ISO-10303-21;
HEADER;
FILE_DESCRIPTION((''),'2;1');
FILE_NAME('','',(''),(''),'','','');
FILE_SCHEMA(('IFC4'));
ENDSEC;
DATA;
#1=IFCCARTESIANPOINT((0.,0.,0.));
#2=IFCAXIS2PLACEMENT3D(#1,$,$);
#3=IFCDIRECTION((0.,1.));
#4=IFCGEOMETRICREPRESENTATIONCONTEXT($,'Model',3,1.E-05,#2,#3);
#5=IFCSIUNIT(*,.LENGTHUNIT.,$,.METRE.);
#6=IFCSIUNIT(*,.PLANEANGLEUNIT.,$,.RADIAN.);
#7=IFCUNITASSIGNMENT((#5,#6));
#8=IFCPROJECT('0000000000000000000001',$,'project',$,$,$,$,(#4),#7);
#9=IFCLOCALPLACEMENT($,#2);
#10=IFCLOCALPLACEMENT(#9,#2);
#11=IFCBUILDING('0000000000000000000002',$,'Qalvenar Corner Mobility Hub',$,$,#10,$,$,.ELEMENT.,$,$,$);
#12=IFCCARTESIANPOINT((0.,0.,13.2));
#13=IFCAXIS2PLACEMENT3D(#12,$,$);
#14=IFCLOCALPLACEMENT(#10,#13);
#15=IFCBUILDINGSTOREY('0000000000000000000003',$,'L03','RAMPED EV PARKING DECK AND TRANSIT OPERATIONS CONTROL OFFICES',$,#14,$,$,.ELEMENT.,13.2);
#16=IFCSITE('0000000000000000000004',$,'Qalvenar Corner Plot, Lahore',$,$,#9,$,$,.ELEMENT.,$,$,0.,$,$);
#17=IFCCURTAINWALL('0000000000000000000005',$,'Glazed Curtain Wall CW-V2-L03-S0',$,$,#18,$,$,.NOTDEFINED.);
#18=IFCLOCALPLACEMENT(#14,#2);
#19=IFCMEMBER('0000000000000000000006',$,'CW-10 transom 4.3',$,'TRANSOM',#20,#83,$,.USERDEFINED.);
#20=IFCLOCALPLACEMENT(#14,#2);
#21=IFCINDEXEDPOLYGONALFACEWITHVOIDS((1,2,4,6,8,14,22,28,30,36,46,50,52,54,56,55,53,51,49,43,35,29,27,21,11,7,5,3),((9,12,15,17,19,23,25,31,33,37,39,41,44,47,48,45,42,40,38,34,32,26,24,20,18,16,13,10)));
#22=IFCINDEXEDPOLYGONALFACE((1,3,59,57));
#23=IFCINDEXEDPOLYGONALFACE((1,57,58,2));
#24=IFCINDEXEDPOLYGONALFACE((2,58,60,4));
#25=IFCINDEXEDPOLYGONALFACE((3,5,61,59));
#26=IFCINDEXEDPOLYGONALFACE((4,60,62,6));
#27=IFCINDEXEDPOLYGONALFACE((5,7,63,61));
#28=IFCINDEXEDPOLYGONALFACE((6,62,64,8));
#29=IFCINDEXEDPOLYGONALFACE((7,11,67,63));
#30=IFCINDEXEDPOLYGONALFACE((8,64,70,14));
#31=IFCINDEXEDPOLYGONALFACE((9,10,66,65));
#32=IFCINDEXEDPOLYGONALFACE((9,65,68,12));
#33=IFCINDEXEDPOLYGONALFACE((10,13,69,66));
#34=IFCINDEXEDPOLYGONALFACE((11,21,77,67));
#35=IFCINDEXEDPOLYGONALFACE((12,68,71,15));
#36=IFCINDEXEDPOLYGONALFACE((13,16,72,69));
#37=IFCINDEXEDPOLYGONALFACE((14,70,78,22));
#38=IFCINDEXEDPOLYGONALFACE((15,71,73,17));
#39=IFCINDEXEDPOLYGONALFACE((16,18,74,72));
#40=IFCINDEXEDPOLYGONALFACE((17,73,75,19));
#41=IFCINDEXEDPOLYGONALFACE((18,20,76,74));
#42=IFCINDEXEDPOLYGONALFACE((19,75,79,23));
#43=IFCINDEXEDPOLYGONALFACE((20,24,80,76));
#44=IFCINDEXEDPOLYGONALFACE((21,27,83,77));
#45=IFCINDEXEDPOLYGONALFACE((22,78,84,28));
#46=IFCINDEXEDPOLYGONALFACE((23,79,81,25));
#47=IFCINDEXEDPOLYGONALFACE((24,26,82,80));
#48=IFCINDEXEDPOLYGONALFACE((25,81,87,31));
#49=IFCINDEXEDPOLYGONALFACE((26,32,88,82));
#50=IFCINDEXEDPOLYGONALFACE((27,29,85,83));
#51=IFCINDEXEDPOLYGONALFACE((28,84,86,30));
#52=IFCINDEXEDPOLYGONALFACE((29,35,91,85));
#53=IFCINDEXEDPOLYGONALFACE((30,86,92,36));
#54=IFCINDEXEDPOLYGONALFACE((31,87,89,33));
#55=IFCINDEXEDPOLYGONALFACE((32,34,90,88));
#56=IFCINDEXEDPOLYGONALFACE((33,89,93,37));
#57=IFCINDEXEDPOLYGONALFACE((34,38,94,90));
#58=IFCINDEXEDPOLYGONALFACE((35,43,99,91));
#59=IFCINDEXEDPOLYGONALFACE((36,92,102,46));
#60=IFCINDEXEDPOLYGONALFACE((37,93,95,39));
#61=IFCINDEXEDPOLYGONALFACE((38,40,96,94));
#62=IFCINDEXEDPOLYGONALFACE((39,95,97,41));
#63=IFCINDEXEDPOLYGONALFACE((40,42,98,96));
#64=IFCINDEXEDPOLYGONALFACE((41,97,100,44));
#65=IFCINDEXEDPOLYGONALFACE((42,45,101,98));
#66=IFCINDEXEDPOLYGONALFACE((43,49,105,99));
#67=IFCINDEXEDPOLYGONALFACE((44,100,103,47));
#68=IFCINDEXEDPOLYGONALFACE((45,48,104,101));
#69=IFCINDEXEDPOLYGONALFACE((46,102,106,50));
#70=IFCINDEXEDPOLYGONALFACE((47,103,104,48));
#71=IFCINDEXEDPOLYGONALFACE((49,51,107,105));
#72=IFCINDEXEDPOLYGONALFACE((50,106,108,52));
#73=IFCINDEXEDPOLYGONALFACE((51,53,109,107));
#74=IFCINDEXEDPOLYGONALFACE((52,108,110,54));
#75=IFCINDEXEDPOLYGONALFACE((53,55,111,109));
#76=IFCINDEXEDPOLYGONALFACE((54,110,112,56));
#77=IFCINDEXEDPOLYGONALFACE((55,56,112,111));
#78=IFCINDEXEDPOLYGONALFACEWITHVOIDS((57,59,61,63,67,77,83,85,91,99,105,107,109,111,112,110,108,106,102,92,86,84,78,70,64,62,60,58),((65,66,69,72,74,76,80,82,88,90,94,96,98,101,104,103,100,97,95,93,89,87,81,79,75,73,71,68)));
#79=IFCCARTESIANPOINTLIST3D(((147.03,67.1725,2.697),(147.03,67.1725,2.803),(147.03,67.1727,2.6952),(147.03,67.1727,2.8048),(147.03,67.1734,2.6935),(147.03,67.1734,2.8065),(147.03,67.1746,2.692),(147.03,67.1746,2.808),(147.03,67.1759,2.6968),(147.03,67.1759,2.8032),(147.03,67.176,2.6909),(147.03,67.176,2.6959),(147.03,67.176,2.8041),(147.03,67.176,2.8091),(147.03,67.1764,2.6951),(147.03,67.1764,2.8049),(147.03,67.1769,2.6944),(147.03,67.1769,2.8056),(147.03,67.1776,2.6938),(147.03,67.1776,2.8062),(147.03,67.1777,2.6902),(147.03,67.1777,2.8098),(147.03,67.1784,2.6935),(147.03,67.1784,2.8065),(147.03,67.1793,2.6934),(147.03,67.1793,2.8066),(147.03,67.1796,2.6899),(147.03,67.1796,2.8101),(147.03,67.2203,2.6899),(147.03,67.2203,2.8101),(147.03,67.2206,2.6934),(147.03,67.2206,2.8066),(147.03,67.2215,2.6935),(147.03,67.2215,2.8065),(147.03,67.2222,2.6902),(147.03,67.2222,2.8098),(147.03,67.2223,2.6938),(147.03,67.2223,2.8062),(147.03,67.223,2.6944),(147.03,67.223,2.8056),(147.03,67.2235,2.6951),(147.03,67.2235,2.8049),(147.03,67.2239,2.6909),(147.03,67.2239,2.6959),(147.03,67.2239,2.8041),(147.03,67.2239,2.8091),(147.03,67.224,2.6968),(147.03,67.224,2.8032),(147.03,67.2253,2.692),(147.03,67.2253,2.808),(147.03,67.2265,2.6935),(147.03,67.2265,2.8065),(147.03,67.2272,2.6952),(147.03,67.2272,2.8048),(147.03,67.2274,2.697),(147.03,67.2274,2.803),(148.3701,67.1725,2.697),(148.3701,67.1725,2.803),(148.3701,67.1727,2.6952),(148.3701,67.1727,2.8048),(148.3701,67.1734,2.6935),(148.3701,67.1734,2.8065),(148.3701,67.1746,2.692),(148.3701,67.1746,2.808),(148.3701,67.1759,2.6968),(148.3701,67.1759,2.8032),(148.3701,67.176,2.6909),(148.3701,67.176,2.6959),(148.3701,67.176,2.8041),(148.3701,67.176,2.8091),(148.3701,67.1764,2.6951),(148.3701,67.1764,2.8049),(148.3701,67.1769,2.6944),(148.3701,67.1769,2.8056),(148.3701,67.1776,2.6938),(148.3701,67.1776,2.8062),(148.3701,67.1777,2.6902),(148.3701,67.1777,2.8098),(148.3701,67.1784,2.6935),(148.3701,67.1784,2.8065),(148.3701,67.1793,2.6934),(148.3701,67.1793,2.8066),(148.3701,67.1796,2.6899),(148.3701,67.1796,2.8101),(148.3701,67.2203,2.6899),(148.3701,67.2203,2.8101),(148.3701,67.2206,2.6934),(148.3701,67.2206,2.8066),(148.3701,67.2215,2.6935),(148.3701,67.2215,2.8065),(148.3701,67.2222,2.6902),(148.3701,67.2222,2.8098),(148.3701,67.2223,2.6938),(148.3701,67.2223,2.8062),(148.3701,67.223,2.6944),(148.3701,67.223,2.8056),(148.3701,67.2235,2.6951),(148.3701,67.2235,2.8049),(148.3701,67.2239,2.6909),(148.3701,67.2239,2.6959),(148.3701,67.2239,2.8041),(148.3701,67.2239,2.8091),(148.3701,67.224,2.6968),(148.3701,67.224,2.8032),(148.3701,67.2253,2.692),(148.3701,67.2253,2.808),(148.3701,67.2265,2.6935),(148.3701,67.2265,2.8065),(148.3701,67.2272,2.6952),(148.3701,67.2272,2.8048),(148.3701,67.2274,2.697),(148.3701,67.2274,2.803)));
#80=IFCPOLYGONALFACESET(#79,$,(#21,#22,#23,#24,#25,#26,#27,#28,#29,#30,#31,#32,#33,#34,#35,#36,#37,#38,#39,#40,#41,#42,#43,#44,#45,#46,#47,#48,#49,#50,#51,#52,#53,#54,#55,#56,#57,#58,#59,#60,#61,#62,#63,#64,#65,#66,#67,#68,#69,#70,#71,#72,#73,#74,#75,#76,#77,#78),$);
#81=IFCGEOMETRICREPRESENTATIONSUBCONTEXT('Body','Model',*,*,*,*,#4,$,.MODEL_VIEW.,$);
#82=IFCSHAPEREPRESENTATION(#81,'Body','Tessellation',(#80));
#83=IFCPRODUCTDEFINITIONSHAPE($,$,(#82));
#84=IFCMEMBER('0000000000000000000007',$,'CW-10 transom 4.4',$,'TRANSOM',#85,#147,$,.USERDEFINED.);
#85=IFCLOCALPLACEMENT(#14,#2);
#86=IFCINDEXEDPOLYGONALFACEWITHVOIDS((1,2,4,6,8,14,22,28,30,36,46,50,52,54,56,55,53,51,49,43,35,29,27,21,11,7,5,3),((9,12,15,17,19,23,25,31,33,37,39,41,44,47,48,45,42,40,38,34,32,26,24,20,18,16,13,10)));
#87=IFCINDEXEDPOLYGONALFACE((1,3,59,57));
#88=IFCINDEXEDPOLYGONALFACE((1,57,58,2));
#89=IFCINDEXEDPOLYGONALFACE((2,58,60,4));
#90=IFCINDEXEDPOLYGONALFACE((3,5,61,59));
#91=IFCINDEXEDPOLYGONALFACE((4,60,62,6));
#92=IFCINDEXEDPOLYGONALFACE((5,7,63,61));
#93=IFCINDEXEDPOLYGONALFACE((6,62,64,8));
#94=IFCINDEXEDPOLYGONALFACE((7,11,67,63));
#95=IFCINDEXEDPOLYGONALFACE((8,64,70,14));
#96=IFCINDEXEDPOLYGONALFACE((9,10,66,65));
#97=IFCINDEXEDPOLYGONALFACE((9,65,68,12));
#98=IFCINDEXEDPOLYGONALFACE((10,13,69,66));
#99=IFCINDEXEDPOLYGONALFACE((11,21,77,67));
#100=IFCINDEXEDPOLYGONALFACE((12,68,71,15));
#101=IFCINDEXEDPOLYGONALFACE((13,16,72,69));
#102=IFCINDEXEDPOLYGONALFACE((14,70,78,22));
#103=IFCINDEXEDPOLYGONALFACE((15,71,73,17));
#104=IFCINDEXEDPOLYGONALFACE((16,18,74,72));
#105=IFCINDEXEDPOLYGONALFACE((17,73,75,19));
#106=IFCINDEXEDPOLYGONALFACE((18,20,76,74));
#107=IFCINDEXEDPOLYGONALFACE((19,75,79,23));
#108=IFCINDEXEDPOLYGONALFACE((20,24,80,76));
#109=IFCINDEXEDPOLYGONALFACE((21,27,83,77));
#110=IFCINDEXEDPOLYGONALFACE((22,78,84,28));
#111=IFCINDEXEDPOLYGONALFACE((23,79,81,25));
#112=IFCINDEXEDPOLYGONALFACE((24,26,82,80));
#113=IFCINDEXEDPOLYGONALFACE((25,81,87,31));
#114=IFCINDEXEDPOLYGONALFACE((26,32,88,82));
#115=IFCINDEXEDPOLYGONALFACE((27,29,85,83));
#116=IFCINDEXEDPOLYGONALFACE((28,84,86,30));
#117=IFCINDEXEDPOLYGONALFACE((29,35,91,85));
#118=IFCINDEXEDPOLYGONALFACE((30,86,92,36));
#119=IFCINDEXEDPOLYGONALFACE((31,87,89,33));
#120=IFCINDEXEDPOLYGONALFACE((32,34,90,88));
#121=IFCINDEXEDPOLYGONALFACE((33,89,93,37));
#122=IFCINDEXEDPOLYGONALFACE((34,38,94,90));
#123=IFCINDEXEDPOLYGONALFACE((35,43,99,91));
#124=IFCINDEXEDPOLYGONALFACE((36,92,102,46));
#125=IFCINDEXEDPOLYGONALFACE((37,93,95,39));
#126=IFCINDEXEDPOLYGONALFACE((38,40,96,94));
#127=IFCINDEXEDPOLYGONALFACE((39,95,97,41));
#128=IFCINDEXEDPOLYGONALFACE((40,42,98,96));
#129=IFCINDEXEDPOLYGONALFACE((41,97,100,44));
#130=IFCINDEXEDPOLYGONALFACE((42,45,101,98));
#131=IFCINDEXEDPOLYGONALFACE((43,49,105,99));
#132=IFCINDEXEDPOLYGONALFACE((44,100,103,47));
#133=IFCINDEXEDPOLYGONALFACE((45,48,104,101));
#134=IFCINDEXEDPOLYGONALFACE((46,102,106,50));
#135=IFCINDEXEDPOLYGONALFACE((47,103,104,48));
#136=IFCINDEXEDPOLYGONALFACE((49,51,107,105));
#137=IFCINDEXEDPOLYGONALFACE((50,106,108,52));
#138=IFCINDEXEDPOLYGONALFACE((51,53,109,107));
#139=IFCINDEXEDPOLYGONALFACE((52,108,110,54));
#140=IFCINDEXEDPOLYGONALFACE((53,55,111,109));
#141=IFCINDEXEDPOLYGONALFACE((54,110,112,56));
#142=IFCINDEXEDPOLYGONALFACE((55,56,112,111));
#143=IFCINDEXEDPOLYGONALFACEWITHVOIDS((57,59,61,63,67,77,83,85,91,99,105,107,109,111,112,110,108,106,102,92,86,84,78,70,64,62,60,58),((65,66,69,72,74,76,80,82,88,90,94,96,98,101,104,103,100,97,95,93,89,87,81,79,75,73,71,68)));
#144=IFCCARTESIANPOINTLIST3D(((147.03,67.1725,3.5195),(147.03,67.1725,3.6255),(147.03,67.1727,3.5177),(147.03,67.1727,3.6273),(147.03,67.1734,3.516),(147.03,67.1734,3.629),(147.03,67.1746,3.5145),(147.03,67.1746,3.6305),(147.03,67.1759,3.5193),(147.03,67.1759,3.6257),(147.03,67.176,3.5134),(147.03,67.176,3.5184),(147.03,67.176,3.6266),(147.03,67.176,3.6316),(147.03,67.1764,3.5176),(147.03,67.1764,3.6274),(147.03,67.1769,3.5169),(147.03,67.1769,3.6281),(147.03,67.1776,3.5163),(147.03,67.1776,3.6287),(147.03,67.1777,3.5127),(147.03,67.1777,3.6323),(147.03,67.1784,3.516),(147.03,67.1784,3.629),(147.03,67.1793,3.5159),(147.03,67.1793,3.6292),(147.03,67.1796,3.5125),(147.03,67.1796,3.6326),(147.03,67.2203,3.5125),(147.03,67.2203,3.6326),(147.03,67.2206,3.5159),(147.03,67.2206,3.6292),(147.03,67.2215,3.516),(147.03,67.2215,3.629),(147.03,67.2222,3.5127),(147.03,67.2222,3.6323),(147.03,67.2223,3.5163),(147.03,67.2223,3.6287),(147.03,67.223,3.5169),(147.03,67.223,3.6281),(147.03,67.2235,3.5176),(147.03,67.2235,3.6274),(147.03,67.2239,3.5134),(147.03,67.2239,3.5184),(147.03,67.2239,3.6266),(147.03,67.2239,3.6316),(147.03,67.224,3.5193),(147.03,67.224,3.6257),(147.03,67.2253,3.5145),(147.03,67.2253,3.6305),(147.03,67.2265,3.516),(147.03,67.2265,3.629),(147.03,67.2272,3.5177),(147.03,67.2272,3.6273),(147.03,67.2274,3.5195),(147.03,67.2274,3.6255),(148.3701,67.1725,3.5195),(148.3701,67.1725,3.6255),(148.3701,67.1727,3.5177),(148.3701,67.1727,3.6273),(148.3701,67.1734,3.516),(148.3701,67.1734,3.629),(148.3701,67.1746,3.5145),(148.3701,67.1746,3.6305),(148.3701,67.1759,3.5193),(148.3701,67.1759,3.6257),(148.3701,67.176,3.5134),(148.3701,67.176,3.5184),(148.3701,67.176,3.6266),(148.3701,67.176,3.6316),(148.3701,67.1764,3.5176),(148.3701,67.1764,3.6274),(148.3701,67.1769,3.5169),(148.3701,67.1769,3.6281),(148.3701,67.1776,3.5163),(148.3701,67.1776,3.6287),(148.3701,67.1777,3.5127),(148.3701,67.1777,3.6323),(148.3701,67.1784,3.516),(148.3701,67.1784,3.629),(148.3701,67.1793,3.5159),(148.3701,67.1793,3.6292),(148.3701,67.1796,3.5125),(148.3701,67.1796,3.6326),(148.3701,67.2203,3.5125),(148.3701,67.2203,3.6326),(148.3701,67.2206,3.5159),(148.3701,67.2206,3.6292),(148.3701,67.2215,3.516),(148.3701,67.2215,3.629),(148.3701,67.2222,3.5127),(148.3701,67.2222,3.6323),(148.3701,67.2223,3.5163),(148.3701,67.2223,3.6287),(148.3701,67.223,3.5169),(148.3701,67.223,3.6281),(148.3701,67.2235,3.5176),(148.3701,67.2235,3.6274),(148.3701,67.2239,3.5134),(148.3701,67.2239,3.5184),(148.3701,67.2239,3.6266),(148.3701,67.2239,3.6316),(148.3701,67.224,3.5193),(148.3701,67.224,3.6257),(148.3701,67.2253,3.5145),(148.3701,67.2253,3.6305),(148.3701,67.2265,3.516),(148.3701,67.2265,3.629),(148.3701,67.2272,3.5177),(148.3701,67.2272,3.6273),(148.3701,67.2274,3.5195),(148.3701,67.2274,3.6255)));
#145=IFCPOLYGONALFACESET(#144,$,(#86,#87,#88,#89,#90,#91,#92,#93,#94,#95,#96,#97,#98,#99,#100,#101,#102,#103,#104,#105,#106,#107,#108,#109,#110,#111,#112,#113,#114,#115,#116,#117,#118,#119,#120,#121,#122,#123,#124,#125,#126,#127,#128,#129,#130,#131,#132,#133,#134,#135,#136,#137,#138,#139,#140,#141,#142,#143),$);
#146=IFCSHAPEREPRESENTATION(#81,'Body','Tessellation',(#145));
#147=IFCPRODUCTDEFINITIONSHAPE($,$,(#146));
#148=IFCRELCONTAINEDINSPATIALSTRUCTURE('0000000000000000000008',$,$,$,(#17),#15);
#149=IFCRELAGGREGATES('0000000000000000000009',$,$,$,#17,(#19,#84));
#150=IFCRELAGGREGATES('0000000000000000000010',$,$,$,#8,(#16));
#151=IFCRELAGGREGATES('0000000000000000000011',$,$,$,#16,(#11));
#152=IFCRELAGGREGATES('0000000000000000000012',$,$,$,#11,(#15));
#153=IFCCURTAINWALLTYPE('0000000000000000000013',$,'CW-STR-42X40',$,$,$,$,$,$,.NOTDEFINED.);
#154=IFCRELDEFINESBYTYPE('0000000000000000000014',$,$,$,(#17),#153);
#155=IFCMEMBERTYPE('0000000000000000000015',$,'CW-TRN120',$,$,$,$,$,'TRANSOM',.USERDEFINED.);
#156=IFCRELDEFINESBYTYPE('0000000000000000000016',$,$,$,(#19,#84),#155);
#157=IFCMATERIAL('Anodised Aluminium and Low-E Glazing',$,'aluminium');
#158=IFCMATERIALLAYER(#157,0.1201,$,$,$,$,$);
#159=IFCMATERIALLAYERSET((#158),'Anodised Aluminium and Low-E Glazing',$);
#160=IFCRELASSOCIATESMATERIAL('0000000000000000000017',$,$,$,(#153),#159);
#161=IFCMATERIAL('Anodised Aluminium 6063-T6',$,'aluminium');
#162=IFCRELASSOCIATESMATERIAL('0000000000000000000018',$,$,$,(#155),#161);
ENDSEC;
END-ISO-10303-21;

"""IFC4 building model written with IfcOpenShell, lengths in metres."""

from ifc_helpers import new_model, si_unit, direction, frame, origin, origin_2d, place, context, subcontext, project, spatial, hollow_rectangle, extrude, material, layer, layer_set, material_profile, profile_set, type_object, element, aggregate, save


model = new_model("IFC4")

# Units and contexts
model_context = context("Model", 3, precision=1e-05, world=origin(), true_north=direction((0.0, 1.0)))
body_context = subcontext(model_context, "Body", "Model", "MODEL_VIEW")
ifc_project = project(units=[si_unit("LENGTHUNIT", "METRE"), si_unit("PLANEANGLEUNIT", "RADIAN")], contexts=[model_context])

# Site, building, storey
site_placement = place(None, origin())
site = spatial("IfcSite", under=ifc_project, at=site_placement, Name="Qalvenar Corner Plot, Lahore", CompositionType="ELEMENT", RefElevation=0.0)
building_placement = place(site_placement, origin())
building = spatial("IfcBuilding", under=site, at=building_placement, Name="Qalvenar Corner Mobility Hub", CompositionType="ELEMENT")
storey_placement = place(building_placement, frame((0.0, 0.0, 13.2)))
storey = spatial("IfcBuildingStorey", under=building, at=storey_placement, Name="L03", Description="RAMPED EV PARKING DECK AND TRANSIT OPERATIONS CONTROL OFFICES", CompositionType="ELEMENT", Elevation=13.2)

# Curtain wall, members
ifc_material_1 = material(Name="Anodised Aluminium and Low-E Glazing", Category="aluminium")
ifc_layer_1 = layer(ifc_material_1, 0.1201)
ifc_layer_set_1 = layer_set([ifc_layer_1], Name="Anodised Aluminium and Low-E Glazing")
curtain_wall_type = type_object("IfcCurtainWallType", Name="CW-STR-42X40", PredefinedType="NOTDEFINED", material=ifc_layer_set_1)
curtain_wall_placement = place(storey_placement, origin())
curtain_wall = element("IfcCurtainWall", 1, at=curtain_wall_placement, inside=storey, type_object=curtain_wall_type, Name="Glazed Curtain Wall CW-V2-L03-S0", PredefinedType="NOTDEFINED")
ifc_material_2 = material(Name="Anodised Aluminium 6063-T6", Category="aluminium")
ifc_material_profile_1 = material_profile(ifc_material_2, hollow_rectangle(XDim=0.0549, YDim=0.1201, WallThickness=0.0034, InnerFilletRadius=0.0034, OuterFilletRadius=0.0071, at=origin_2d()), Name="RHS120x55x3.5")
ifc_profile_set_1 = profile_set([ifc_material_profile_1], Name="Anodised Aluminium 6063-T6")
member_type_1 = type_object("IfcMemberType", Name="CW-TRN120", ElementType="TRANSOM", PredefinedType="USERDEFINED", material=ifc_profile_set_1)
member_1_placement = place(storey_placement, frame((147.03, 67.2, 2.75), z_axis=(1.0, 0.0, 0.0), x_axis=(0.0, 1.0, 0.0)))
member_1 = element("IfcMember", 2, at=member_1_placement, type_object=member_type_1, Name="CW-10 transom 4.3", ObjectType="TRANSOM", PredefinedType="USERDEFINED", context=body_context, shape_type="SweptSolid", body=[
    extrude(hollow_rectangle(XDim=0.0549, YDim=0.1201, WallThickness=0.0034, InnerFilletRadius=0.0034, OuterFilletRadius=0.0071, at=origin_2d()), origin(), (0.0, 0.0, 1.0), 1.3401),
])
member_2_placement = place(storey_placement, frame((147.03, 67.2, 3.5725), z_axis=(1.0, 0.0, 0.0), x_axis=(0.0, 1.0, 0.0)))
member_2 = element("IfcMember", 3, at=member_2_placement, type_object=member_type_1, Name="CW-10 transom 4.4", ObjectType="TRANSOM", PredefinedType="USERDEFINED", context=body_context, shape_type="SweptSolid", body=[
    extrude(hollow_rectangle(XDim=0.0549, YDim=0.1201, WallThickness=0.0034, InnerFilletRadius=0.0034, OuterFilletRadius=0.0071, at=origin_2d()), origin(), (0.0, 0.0, 1.0), 1.3401),
])
aggregate(curtain_wall, [member_1, member_2])

save(model, "model.ifc")
